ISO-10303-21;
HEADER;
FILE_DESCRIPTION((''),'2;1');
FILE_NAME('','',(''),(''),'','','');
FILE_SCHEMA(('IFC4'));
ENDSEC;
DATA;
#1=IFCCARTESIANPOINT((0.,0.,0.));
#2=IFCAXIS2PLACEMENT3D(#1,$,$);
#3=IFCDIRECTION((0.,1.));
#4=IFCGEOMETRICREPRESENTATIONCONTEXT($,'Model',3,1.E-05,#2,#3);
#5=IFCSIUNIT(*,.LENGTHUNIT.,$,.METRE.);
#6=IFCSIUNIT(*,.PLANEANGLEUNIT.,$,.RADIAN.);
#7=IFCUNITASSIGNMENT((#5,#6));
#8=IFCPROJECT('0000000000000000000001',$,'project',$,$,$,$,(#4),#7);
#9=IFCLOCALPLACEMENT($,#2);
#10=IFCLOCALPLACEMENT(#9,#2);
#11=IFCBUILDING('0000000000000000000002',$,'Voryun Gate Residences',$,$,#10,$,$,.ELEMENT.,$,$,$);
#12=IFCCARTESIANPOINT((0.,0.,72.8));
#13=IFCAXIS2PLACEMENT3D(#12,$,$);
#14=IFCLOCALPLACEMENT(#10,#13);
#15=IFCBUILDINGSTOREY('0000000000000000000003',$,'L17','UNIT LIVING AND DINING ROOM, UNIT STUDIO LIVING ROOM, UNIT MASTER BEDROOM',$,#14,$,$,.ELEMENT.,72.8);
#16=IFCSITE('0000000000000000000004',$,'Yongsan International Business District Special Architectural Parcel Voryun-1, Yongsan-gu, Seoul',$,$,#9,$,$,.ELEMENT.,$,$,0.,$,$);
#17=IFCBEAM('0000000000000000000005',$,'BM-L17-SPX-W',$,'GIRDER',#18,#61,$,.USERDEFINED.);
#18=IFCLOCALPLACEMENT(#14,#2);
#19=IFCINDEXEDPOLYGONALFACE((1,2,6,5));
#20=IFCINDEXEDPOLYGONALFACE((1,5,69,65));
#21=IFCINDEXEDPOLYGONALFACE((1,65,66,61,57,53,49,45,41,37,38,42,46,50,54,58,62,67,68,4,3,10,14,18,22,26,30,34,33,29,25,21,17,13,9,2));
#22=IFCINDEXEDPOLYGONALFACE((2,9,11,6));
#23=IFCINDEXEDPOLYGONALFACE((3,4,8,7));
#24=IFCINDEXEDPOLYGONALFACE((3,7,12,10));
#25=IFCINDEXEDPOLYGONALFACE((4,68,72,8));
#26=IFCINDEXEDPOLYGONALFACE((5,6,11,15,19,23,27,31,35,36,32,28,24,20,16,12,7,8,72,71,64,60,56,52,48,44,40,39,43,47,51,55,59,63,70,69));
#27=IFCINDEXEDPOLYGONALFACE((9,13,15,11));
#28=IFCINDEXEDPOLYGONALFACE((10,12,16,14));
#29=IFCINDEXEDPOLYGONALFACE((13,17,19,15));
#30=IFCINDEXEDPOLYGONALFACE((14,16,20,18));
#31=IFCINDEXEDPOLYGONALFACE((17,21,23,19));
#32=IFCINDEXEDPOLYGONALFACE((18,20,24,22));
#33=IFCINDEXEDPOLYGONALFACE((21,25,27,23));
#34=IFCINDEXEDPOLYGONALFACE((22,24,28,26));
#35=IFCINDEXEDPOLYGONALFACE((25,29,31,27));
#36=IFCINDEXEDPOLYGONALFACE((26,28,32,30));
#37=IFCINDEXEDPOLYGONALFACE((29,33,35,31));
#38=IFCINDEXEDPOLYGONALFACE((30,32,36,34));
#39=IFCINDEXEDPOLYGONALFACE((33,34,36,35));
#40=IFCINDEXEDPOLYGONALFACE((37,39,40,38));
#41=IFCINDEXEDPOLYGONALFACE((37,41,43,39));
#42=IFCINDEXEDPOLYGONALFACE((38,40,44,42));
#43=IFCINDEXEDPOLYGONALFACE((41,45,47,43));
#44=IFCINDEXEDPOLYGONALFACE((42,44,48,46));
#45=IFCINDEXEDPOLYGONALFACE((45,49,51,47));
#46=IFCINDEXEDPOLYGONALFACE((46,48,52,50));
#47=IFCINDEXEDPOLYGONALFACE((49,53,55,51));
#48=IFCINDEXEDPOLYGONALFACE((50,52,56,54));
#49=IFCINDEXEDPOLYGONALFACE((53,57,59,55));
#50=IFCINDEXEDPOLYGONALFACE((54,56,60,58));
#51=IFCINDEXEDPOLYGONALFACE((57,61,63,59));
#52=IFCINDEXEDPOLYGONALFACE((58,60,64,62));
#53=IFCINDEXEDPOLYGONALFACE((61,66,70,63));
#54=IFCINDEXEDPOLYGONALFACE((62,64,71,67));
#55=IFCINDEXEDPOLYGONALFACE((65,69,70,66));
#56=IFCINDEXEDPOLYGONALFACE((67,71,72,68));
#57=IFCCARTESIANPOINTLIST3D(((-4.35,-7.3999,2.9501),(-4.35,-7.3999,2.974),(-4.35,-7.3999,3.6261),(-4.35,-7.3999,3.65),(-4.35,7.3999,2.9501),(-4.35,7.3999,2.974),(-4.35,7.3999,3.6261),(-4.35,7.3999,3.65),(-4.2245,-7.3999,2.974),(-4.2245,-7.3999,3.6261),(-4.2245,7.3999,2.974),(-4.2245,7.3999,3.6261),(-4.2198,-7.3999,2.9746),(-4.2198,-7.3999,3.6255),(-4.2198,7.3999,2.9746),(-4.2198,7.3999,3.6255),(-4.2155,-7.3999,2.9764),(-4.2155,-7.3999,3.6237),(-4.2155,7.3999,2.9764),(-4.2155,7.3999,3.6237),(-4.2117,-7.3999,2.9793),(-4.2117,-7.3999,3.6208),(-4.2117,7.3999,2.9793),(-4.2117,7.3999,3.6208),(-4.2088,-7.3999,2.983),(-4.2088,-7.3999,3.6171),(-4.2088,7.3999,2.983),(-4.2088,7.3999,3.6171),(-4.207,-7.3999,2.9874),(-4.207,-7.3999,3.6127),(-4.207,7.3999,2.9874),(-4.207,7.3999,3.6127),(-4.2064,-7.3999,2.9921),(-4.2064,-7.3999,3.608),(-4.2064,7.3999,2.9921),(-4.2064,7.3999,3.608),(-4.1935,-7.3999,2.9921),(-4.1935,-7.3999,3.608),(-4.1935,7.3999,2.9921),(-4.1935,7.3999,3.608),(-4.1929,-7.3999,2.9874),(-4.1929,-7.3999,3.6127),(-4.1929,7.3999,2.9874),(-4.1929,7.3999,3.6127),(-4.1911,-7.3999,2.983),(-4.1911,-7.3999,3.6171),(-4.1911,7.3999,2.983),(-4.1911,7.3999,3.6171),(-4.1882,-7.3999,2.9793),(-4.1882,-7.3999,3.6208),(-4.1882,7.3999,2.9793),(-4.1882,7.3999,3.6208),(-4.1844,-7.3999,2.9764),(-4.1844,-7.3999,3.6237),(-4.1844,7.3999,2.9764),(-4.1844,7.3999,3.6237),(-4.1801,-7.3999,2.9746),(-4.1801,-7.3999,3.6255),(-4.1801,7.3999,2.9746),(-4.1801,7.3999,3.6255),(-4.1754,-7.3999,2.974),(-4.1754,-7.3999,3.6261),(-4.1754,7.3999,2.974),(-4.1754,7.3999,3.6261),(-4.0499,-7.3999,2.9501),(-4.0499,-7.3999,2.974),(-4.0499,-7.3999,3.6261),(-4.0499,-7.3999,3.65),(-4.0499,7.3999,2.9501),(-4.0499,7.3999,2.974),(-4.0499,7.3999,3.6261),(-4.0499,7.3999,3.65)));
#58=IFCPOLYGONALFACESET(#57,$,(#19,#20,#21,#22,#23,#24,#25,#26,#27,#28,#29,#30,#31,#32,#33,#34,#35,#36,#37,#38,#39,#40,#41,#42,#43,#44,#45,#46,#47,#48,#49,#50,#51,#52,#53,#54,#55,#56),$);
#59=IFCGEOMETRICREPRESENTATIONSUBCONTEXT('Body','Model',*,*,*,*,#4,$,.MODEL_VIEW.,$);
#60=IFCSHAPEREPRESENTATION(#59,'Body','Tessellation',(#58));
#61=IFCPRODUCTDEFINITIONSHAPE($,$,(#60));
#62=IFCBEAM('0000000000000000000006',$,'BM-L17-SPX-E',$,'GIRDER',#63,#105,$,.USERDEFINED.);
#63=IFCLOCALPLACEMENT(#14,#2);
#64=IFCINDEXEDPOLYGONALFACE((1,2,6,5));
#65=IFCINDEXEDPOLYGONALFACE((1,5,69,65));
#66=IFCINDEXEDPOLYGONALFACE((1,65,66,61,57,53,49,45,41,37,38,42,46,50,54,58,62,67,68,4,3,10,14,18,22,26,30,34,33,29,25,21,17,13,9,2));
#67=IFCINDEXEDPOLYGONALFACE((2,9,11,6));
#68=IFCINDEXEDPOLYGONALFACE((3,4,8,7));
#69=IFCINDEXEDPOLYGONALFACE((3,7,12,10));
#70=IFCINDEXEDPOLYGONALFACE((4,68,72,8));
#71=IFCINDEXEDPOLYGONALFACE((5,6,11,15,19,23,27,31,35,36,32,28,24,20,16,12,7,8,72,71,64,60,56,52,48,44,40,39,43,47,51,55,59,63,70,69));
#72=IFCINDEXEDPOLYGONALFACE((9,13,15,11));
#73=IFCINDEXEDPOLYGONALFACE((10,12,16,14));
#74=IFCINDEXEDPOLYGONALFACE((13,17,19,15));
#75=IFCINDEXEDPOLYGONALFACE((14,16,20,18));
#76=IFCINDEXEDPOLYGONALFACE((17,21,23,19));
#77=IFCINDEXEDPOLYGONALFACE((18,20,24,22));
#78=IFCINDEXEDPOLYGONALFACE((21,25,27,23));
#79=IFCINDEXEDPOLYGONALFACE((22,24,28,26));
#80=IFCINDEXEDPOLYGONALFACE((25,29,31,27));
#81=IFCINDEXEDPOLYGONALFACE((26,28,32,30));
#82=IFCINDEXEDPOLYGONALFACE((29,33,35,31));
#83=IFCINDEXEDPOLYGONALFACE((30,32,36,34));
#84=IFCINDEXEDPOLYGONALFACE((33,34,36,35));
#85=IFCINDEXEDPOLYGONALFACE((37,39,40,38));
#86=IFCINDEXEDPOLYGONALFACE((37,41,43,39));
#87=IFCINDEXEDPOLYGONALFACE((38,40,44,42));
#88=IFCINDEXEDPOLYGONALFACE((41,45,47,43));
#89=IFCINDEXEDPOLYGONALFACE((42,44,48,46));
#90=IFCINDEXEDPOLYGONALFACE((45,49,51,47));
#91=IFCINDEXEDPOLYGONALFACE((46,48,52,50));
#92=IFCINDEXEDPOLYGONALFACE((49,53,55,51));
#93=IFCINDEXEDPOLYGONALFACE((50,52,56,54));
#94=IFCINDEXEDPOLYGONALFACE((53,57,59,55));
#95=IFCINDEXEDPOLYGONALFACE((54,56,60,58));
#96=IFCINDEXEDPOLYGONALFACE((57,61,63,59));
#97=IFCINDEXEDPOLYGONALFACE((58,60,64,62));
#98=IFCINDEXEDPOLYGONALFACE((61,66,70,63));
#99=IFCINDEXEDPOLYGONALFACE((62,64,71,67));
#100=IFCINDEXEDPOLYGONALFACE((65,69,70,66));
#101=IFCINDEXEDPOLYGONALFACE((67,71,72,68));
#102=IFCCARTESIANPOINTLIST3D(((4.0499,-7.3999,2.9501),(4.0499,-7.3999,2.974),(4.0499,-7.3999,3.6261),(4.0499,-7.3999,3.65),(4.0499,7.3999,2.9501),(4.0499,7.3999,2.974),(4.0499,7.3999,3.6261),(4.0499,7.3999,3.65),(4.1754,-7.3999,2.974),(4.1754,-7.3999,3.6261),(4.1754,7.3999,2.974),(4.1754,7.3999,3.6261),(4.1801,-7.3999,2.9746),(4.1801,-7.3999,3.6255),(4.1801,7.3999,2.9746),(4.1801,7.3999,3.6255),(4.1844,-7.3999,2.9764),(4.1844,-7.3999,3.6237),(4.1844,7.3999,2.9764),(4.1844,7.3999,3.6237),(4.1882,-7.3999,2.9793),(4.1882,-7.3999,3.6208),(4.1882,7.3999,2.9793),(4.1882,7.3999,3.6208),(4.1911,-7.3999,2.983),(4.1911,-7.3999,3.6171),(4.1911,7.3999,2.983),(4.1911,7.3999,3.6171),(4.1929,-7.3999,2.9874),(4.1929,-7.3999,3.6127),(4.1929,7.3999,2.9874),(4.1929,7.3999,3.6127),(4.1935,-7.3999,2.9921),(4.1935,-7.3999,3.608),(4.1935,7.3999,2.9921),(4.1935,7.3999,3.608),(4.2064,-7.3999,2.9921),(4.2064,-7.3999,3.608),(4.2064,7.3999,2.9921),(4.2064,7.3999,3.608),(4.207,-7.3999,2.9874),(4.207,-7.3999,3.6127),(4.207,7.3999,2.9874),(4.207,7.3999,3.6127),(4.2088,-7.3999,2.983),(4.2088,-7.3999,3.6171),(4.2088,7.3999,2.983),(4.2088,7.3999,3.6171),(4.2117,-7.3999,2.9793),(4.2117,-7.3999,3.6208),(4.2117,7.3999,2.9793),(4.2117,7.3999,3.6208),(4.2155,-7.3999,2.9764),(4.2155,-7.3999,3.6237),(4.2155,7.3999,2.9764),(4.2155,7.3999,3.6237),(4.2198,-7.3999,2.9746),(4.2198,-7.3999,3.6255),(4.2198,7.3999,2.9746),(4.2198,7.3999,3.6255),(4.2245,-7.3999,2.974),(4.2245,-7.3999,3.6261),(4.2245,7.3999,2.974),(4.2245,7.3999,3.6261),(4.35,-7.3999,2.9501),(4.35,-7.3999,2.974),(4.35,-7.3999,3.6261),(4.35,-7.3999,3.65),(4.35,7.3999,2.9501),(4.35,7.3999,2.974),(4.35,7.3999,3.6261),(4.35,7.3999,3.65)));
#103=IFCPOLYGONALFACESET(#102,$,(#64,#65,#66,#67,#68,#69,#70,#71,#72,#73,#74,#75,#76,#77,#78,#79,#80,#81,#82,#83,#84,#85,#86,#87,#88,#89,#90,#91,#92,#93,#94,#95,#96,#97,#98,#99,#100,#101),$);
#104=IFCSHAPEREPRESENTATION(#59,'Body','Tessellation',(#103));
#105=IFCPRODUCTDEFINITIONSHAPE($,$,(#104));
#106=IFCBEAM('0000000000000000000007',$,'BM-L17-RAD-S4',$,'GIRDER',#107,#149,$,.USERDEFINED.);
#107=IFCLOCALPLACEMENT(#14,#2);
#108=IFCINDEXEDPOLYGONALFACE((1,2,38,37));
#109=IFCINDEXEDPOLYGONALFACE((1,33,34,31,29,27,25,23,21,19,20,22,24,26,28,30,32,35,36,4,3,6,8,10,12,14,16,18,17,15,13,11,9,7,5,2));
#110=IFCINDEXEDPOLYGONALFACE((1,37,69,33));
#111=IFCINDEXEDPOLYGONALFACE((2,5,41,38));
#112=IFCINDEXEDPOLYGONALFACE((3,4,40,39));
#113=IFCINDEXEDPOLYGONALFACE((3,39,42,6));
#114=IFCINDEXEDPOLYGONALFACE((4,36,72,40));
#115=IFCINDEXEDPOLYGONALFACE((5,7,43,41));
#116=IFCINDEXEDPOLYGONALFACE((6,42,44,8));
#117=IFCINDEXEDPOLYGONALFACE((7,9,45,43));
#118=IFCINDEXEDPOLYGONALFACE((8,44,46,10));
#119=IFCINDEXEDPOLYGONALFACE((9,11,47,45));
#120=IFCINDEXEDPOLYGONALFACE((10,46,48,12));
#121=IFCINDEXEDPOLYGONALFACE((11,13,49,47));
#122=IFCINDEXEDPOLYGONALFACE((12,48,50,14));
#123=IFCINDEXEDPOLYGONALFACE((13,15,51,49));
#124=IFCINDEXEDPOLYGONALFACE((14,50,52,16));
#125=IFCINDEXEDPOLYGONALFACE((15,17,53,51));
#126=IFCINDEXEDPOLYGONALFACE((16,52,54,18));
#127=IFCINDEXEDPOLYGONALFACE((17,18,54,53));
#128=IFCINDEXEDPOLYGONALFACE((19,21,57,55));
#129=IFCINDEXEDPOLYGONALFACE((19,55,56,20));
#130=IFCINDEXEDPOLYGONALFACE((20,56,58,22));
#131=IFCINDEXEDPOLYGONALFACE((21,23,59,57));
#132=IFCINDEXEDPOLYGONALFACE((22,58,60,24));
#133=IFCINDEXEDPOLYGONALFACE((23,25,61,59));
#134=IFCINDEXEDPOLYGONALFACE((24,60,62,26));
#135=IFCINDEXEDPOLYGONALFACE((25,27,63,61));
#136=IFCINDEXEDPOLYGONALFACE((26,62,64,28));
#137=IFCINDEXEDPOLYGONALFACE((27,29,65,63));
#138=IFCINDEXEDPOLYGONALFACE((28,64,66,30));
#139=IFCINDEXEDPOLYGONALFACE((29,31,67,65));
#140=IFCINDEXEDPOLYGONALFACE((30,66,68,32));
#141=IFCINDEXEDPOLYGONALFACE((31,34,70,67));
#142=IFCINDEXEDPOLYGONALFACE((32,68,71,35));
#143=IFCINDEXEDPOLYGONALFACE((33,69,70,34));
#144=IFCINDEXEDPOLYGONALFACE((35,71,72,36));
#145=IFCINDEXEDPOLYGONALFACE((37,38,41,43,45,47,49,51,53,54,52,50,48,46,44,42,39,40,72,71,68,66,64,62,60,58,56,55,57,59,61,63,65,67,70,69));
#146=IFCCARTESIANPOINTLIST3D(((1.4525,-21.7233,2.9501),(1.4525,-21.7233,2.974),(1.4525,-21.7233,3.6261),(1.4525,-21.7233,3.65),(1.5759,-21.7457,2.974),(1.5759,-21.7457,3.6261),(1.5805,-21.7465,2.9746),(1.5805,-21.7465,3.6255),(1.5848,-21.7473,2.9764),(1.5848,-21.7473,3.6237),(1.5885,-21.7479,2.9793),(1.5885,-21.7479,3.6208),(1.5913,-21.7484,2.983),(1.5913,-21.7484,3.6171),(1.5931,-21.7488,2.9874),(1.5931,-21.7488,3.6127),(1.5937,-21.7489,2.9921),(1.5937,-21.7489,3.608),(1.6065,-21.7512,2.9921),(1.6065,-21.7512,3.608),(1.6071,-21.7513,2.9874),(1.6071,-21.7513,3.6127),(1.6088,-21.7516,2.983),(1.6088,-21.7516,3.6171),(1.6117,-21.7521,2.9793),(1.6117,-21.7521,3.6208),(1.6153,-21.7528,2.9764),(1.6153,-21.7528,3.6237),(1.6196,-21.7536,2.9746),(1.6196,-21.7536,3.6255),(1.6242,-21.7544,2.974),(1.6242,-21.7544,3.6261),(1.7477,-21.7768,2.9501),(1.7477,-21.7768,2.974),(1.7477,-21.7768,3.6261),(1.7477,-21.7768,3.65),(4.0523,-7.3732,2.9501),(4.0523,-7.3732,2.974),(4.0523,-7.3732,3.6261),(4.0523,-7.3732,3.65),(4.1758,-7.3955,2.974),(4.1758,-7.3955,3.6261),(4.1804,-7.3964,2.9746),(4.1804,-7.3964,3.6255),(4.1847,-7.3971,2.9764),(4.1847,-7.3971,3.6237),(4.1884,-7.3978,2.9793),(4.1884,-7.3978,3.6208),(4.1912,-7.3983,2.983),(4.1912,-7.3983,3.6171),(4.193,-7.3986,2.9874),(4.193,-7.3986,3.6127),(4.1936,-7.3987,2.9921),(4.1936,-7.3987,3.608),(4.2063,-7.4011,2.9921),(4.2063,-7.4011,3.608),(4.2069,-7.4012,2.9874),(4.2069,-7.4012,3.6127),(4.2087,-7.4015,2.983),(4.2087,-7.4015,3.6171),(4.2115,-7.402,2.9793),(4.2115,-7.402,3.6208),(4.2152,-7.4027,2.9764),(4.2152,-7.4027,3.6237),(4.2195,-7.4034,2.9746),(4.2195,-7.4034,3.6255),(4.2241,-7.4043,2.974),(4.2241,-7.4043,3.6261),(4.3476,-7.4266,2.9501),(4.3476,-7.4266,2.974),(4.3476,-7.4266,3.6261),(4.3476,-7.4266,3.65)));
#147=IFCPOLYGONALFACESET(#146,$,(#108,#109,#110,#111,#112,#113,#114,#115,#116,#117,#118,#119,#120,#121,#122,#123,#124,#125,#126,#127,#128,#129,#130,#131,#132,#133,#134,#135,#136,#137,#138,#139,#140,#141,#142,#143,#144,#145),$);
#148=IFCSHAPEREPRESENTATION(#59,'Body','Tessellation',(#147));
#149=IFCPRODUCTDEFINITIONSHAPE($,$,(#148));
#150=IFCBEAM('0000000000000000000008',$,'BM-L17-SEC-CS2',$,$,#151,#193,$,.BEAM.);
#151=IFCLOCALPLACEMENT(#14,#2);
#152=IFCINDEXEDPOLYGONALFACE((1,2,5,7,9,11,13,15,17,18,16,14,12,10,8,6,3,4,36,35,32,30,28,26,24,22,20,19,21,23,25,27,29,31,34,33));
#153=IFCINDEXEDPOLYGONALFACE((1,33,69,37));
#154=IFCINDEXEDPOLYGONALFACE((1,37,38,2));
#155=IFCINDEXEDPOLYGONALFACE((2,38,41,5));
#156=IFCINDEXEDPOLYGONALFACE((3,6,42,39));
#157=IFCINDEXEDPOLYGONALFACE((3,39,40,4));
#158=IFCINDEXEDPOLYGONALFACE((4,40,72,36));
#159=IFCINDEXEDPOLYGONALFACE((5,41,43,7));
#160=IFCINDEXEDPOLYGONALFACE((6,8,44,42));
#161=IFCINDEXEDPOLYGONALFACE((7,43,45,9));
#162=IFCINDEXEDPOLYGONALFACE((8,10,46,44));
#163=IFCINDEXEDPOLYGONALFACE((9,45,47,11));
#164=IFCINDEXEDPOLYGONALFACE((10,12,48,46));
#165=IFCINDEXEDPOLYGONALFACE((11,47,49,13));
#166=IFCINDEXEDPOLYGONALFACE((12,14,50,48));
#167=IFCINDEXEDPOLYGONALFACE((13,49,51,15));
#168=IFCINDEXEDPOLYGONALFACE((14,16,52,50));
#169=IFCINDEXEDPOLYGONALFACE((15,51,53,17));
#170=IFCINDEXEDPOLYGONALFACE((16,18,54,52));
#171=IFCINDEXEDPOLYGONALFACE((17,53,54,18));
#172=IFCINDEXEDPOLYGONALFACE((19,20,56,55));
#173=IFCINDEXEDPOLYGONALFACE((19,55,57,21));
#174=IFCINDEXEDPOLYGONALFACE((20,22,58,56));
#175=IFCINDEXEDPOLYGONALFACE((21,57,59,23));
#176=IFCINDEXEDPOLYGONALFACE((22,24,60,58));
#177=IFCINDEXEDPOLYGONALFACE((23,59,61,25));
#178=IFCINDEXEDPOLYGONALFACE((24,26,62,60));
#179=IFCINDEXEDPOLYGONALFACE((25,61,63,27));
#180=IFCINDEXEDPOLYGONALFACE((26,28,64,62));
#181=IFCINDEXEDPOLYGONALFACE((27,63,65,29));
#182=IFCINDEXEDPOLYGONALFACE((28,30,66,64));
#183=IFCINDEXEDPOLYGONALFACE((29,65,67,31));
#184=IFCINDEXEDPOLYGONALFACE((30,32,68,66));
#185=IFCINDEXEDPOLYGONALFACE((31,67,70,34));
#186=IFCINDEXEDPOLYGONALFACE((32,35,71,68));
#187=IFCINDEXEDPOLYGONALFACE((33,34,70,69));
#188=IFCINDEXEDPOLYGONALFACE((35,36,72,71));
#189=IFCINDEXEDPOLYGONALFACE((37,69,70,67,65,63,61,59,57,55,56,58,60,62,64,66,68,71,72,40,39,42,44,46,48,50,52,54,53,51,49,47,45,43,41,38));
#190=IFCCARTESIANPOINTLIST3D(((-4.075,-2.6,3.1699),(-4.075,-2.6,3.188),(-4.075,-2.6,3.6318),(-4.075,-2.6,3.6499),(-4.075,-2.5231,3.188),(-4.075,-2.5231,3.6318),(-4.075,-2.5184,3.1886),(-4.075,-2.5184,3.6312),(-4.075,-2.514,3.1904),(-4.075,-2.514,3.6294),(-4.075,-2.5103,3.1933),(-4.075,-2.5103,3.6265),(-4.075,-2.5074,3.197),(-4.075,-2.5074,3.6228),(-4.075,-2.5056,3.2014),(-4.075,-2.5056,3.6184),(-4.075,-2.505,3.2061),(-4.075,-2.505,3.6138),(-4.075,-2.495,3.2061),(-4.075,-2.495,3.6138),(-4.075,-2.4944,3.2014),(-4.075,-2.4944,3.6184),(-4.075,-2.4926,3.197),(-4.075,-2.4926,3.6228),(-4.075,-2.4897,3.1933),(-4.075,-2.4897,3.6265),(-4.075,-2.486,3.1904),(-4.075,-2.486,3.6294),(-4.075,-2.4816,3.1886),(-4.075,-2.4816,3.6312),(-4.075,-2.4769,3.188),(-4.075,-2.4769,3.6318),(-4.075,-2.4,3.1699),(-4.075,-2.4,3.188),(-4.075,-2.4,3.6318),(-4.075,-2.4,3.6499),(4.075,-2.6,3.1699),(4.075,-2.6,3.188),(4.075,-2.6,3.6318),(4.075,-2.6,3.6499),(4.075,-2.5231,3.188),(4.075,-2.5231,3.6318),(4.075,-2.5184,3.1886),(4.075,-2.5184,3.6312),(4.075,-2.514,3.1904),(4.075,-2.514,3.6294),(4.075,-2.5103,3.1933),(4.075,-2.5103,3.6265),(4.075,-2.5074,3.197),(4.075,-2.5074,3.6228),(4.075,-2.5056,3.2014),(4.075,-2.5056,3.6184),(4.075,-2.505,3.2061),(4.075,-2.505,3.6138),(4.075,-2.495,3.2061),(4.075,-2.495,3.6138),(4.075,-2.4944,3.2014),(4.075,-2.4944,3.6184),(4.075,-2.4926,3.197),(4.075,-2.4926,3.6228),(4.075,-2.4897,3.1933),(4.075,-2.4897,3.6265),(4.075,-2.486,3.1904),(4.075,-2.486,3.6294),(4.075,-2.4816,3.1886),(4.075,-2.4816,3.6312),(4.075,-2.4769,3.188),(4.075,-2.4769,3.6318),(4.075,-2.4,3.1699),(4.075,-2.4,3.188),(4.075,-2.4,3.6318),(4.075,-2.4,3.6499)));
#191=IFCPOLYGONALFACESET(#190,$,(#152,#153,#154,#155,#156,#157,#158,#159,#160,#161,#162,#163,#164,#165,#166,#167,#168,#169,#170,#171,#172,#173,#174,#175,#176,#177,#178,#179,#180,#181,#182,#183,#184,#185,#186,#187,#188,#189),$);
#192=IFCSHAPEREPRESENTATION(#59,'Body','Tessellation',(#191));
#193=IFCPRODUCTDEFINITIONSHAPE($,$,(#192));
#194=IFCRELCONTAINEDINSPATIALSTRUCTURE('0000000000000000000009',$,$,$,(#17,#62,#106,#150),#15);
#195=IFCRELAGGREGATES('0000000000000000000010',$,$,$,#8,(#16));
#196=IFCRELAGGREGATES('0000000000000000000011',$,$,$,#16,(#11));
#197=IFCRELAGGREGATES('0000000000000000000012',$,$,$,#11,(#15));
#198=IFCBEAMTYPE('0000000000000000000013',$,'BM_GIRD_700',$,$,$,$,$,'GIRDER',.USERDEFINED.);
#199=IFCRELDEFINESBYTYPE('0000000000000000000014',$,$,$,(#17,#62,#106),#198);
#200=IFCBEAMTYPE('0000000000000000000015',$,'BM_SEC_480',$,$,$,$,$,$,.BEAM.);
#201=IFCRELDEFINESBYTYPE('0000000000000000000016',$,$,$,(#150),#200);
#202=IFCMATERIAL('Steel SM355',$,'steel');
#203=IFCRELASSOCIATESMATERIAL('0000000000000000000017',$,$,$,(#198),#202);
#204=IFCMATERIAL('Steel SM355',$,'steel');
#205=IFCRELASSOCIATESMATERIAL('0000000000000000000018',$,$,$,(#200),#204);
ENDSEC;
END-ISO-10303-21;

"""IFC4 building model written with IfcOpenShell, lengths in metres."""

from ifc_helpers import new_model, si_unit, direction, frame, origin, origin_2d, place, context, subcontext, project, spatial, i_section, extrude, material, material_profile, profile_set, type_object, element, save


model = new_model("IFC4")

# Units and contexts
model_context = context("Model", 3, precision=1e-05, world=origin(), true_north=direction((0.0, 1.0)))
body_context = subcontext(model_context, "Body", "Model", "MODEL_VIEW")
ifc_project = project(units=[si_unit("LENGTHUNIT", "METRE"), si_unit("PLANEANGLEUNIT", "RADIAN")], contexts=[model_context])

# Site, building, storey
site_placement = place(None, origin())
site = spatial("IfcSite", under=ifc_project, at=site_placement, Name="Yongsan International Business District Special Architectural Parcel Voryun-1, Yongsan-gu, Seoul", CompositionType="ELEMENT", RefElevation=0.0)
building_placement = place(site_placement, origin())
building = spatial("IfcBuilding", under=site, at=building_placement, Name="Voryun Gate Residences", CompositionType="ELEMENT")
storey_placement = place(building_placement, frame((0.0, 0.0, 72.8)))
storey = spatial("IfcBuildingStorey", under=building, at=storey_placement, Name="L17", Description="UNIT LIVING AND DINING ROOM, UNIT STUDIO LIVING ROOM, UNIT MASTER BEDROOM", CompositionType="ELEMENT", Elevation=72.8)

# Beams
ifc_material_1 = material(Name="Steel SM355", Category="steel")
ifc_material_profile_1 = material_profile(ifc_material_1, i_section(OverallWidth=0.3, OverallDepth=0.7, WebThickness=0.0129, FlangeThickness=0.0239, FilletRadius=0.0181, at=origin_2d()), Name="H-700x300x13x24")
ifc_profile_set_1 = profile_set([ifc_material_profile_1], Name="Steel SM355")
beam_type_1 = type_object("IfcBeamType", Name="BM_GIRD_700", ElementType="GIRDER", PredefinedType="USERDEFINED", material=ifc_profile_set_1)
for number, where, z_axis, x_axis, name in (
    (1, (-4.2, -7.3999, 3.3), (0.0, 1.0, 0.0), (-1.0, 0.0, 0.0), "BM-L17-SPX-W"),
    (2, (4.2, -7.3999, 3.3), (0.0, 1.0, 0.0), (-1.0, 0.0, 0.0), "BM-L17-SPX-E"),
):
    element("IfcBeam", number, at=place(storey_placement, frame(where, z_axis=z_axis, x_axis=x_axis)), inside=storey, type_object=beam_type_1, Name=name, ObjectType="GIRDER", PredefinedType="USERDEFINED", context=body_context, shape_type="SweptSolid", body=[
        extrude(i_section(OverallWidth=0.3, OverallDepth=0.7, WebThickness=0.0129, FlangeThickness=0.0239, FilletRadius=0.0181, at=origin_2d()), origin(), (0.0, 0.0, 1.0), 14.7998),
    ])
beam_1_placement = place(storey_placement, frame((4.2, -7.3999, 3.3), z_axis=(-0.178271, -0.983981, 0.0), x_axis=(0.983981, -0.178271, 0.0)))
element("IfcBeam", 3, at=beam_1_placement, inside=storey, type_object=beam_type_1, Name="BM-L17-RAD-S4", ObjectType="GIRDER", PredefinedType="USERDEFINED", context=body_context, shape_type="SweptSolid", body=[
    extrude(i_section(OverallWidth=0.3, OverallDepth=0.7, WebThickness=0.0129, FlangeThickness=0.0239, FilletRadius=0.0181, at=origin_2d()), origin(), (0.0, 0.0, 1.0), 14.5837),
])
ifc_material_2 = material(Name="Steel SM355", Category="steel")
ifc_material_profile_2 = material_profile(ifc_material_2, i_section(OverallWidth=0.2, OverallDepth=0.48, WebThickness=0.01, FlangeThickness=0.0181, FilletRadius=0.0181, at=origin_2d()), Name="H-480x200x10x18")
ifc_profile_set_2 = profile_set([ifc_material_profile_2], Name="Steel SM355")
beam_type_2 = type_object("IfcBeamType", Name="BM_SEC_480", PredefinedType="BEAM", material=ifc_profile_set_2)
beam_2_placement = place(storey_placement, frame((-4.075, -2.5, 3.4099), z_axis=(1.0, 0.0, 0.0), x_axis=(0.0, 1.0, 0.0)))
element("IfcBeam", 4, at=beam_2_placement, inside=storey, type_object=beam_type_2, Name="BM-L17-SEC-CS2", PredefinedType="BEAM", context=body_context, shape_type="SweptSolid", body=[
    extrude(i_section(OverallWidth=0.2, OverallDepth=0.48, WebThickness=0.01, FlangeThickness=0.0181, FilletRadius=0.0181, at=origin_2d()), origin(), (0.0, 0.0, 1.0), 8.1499),
])

save(model, "model.ifc")
